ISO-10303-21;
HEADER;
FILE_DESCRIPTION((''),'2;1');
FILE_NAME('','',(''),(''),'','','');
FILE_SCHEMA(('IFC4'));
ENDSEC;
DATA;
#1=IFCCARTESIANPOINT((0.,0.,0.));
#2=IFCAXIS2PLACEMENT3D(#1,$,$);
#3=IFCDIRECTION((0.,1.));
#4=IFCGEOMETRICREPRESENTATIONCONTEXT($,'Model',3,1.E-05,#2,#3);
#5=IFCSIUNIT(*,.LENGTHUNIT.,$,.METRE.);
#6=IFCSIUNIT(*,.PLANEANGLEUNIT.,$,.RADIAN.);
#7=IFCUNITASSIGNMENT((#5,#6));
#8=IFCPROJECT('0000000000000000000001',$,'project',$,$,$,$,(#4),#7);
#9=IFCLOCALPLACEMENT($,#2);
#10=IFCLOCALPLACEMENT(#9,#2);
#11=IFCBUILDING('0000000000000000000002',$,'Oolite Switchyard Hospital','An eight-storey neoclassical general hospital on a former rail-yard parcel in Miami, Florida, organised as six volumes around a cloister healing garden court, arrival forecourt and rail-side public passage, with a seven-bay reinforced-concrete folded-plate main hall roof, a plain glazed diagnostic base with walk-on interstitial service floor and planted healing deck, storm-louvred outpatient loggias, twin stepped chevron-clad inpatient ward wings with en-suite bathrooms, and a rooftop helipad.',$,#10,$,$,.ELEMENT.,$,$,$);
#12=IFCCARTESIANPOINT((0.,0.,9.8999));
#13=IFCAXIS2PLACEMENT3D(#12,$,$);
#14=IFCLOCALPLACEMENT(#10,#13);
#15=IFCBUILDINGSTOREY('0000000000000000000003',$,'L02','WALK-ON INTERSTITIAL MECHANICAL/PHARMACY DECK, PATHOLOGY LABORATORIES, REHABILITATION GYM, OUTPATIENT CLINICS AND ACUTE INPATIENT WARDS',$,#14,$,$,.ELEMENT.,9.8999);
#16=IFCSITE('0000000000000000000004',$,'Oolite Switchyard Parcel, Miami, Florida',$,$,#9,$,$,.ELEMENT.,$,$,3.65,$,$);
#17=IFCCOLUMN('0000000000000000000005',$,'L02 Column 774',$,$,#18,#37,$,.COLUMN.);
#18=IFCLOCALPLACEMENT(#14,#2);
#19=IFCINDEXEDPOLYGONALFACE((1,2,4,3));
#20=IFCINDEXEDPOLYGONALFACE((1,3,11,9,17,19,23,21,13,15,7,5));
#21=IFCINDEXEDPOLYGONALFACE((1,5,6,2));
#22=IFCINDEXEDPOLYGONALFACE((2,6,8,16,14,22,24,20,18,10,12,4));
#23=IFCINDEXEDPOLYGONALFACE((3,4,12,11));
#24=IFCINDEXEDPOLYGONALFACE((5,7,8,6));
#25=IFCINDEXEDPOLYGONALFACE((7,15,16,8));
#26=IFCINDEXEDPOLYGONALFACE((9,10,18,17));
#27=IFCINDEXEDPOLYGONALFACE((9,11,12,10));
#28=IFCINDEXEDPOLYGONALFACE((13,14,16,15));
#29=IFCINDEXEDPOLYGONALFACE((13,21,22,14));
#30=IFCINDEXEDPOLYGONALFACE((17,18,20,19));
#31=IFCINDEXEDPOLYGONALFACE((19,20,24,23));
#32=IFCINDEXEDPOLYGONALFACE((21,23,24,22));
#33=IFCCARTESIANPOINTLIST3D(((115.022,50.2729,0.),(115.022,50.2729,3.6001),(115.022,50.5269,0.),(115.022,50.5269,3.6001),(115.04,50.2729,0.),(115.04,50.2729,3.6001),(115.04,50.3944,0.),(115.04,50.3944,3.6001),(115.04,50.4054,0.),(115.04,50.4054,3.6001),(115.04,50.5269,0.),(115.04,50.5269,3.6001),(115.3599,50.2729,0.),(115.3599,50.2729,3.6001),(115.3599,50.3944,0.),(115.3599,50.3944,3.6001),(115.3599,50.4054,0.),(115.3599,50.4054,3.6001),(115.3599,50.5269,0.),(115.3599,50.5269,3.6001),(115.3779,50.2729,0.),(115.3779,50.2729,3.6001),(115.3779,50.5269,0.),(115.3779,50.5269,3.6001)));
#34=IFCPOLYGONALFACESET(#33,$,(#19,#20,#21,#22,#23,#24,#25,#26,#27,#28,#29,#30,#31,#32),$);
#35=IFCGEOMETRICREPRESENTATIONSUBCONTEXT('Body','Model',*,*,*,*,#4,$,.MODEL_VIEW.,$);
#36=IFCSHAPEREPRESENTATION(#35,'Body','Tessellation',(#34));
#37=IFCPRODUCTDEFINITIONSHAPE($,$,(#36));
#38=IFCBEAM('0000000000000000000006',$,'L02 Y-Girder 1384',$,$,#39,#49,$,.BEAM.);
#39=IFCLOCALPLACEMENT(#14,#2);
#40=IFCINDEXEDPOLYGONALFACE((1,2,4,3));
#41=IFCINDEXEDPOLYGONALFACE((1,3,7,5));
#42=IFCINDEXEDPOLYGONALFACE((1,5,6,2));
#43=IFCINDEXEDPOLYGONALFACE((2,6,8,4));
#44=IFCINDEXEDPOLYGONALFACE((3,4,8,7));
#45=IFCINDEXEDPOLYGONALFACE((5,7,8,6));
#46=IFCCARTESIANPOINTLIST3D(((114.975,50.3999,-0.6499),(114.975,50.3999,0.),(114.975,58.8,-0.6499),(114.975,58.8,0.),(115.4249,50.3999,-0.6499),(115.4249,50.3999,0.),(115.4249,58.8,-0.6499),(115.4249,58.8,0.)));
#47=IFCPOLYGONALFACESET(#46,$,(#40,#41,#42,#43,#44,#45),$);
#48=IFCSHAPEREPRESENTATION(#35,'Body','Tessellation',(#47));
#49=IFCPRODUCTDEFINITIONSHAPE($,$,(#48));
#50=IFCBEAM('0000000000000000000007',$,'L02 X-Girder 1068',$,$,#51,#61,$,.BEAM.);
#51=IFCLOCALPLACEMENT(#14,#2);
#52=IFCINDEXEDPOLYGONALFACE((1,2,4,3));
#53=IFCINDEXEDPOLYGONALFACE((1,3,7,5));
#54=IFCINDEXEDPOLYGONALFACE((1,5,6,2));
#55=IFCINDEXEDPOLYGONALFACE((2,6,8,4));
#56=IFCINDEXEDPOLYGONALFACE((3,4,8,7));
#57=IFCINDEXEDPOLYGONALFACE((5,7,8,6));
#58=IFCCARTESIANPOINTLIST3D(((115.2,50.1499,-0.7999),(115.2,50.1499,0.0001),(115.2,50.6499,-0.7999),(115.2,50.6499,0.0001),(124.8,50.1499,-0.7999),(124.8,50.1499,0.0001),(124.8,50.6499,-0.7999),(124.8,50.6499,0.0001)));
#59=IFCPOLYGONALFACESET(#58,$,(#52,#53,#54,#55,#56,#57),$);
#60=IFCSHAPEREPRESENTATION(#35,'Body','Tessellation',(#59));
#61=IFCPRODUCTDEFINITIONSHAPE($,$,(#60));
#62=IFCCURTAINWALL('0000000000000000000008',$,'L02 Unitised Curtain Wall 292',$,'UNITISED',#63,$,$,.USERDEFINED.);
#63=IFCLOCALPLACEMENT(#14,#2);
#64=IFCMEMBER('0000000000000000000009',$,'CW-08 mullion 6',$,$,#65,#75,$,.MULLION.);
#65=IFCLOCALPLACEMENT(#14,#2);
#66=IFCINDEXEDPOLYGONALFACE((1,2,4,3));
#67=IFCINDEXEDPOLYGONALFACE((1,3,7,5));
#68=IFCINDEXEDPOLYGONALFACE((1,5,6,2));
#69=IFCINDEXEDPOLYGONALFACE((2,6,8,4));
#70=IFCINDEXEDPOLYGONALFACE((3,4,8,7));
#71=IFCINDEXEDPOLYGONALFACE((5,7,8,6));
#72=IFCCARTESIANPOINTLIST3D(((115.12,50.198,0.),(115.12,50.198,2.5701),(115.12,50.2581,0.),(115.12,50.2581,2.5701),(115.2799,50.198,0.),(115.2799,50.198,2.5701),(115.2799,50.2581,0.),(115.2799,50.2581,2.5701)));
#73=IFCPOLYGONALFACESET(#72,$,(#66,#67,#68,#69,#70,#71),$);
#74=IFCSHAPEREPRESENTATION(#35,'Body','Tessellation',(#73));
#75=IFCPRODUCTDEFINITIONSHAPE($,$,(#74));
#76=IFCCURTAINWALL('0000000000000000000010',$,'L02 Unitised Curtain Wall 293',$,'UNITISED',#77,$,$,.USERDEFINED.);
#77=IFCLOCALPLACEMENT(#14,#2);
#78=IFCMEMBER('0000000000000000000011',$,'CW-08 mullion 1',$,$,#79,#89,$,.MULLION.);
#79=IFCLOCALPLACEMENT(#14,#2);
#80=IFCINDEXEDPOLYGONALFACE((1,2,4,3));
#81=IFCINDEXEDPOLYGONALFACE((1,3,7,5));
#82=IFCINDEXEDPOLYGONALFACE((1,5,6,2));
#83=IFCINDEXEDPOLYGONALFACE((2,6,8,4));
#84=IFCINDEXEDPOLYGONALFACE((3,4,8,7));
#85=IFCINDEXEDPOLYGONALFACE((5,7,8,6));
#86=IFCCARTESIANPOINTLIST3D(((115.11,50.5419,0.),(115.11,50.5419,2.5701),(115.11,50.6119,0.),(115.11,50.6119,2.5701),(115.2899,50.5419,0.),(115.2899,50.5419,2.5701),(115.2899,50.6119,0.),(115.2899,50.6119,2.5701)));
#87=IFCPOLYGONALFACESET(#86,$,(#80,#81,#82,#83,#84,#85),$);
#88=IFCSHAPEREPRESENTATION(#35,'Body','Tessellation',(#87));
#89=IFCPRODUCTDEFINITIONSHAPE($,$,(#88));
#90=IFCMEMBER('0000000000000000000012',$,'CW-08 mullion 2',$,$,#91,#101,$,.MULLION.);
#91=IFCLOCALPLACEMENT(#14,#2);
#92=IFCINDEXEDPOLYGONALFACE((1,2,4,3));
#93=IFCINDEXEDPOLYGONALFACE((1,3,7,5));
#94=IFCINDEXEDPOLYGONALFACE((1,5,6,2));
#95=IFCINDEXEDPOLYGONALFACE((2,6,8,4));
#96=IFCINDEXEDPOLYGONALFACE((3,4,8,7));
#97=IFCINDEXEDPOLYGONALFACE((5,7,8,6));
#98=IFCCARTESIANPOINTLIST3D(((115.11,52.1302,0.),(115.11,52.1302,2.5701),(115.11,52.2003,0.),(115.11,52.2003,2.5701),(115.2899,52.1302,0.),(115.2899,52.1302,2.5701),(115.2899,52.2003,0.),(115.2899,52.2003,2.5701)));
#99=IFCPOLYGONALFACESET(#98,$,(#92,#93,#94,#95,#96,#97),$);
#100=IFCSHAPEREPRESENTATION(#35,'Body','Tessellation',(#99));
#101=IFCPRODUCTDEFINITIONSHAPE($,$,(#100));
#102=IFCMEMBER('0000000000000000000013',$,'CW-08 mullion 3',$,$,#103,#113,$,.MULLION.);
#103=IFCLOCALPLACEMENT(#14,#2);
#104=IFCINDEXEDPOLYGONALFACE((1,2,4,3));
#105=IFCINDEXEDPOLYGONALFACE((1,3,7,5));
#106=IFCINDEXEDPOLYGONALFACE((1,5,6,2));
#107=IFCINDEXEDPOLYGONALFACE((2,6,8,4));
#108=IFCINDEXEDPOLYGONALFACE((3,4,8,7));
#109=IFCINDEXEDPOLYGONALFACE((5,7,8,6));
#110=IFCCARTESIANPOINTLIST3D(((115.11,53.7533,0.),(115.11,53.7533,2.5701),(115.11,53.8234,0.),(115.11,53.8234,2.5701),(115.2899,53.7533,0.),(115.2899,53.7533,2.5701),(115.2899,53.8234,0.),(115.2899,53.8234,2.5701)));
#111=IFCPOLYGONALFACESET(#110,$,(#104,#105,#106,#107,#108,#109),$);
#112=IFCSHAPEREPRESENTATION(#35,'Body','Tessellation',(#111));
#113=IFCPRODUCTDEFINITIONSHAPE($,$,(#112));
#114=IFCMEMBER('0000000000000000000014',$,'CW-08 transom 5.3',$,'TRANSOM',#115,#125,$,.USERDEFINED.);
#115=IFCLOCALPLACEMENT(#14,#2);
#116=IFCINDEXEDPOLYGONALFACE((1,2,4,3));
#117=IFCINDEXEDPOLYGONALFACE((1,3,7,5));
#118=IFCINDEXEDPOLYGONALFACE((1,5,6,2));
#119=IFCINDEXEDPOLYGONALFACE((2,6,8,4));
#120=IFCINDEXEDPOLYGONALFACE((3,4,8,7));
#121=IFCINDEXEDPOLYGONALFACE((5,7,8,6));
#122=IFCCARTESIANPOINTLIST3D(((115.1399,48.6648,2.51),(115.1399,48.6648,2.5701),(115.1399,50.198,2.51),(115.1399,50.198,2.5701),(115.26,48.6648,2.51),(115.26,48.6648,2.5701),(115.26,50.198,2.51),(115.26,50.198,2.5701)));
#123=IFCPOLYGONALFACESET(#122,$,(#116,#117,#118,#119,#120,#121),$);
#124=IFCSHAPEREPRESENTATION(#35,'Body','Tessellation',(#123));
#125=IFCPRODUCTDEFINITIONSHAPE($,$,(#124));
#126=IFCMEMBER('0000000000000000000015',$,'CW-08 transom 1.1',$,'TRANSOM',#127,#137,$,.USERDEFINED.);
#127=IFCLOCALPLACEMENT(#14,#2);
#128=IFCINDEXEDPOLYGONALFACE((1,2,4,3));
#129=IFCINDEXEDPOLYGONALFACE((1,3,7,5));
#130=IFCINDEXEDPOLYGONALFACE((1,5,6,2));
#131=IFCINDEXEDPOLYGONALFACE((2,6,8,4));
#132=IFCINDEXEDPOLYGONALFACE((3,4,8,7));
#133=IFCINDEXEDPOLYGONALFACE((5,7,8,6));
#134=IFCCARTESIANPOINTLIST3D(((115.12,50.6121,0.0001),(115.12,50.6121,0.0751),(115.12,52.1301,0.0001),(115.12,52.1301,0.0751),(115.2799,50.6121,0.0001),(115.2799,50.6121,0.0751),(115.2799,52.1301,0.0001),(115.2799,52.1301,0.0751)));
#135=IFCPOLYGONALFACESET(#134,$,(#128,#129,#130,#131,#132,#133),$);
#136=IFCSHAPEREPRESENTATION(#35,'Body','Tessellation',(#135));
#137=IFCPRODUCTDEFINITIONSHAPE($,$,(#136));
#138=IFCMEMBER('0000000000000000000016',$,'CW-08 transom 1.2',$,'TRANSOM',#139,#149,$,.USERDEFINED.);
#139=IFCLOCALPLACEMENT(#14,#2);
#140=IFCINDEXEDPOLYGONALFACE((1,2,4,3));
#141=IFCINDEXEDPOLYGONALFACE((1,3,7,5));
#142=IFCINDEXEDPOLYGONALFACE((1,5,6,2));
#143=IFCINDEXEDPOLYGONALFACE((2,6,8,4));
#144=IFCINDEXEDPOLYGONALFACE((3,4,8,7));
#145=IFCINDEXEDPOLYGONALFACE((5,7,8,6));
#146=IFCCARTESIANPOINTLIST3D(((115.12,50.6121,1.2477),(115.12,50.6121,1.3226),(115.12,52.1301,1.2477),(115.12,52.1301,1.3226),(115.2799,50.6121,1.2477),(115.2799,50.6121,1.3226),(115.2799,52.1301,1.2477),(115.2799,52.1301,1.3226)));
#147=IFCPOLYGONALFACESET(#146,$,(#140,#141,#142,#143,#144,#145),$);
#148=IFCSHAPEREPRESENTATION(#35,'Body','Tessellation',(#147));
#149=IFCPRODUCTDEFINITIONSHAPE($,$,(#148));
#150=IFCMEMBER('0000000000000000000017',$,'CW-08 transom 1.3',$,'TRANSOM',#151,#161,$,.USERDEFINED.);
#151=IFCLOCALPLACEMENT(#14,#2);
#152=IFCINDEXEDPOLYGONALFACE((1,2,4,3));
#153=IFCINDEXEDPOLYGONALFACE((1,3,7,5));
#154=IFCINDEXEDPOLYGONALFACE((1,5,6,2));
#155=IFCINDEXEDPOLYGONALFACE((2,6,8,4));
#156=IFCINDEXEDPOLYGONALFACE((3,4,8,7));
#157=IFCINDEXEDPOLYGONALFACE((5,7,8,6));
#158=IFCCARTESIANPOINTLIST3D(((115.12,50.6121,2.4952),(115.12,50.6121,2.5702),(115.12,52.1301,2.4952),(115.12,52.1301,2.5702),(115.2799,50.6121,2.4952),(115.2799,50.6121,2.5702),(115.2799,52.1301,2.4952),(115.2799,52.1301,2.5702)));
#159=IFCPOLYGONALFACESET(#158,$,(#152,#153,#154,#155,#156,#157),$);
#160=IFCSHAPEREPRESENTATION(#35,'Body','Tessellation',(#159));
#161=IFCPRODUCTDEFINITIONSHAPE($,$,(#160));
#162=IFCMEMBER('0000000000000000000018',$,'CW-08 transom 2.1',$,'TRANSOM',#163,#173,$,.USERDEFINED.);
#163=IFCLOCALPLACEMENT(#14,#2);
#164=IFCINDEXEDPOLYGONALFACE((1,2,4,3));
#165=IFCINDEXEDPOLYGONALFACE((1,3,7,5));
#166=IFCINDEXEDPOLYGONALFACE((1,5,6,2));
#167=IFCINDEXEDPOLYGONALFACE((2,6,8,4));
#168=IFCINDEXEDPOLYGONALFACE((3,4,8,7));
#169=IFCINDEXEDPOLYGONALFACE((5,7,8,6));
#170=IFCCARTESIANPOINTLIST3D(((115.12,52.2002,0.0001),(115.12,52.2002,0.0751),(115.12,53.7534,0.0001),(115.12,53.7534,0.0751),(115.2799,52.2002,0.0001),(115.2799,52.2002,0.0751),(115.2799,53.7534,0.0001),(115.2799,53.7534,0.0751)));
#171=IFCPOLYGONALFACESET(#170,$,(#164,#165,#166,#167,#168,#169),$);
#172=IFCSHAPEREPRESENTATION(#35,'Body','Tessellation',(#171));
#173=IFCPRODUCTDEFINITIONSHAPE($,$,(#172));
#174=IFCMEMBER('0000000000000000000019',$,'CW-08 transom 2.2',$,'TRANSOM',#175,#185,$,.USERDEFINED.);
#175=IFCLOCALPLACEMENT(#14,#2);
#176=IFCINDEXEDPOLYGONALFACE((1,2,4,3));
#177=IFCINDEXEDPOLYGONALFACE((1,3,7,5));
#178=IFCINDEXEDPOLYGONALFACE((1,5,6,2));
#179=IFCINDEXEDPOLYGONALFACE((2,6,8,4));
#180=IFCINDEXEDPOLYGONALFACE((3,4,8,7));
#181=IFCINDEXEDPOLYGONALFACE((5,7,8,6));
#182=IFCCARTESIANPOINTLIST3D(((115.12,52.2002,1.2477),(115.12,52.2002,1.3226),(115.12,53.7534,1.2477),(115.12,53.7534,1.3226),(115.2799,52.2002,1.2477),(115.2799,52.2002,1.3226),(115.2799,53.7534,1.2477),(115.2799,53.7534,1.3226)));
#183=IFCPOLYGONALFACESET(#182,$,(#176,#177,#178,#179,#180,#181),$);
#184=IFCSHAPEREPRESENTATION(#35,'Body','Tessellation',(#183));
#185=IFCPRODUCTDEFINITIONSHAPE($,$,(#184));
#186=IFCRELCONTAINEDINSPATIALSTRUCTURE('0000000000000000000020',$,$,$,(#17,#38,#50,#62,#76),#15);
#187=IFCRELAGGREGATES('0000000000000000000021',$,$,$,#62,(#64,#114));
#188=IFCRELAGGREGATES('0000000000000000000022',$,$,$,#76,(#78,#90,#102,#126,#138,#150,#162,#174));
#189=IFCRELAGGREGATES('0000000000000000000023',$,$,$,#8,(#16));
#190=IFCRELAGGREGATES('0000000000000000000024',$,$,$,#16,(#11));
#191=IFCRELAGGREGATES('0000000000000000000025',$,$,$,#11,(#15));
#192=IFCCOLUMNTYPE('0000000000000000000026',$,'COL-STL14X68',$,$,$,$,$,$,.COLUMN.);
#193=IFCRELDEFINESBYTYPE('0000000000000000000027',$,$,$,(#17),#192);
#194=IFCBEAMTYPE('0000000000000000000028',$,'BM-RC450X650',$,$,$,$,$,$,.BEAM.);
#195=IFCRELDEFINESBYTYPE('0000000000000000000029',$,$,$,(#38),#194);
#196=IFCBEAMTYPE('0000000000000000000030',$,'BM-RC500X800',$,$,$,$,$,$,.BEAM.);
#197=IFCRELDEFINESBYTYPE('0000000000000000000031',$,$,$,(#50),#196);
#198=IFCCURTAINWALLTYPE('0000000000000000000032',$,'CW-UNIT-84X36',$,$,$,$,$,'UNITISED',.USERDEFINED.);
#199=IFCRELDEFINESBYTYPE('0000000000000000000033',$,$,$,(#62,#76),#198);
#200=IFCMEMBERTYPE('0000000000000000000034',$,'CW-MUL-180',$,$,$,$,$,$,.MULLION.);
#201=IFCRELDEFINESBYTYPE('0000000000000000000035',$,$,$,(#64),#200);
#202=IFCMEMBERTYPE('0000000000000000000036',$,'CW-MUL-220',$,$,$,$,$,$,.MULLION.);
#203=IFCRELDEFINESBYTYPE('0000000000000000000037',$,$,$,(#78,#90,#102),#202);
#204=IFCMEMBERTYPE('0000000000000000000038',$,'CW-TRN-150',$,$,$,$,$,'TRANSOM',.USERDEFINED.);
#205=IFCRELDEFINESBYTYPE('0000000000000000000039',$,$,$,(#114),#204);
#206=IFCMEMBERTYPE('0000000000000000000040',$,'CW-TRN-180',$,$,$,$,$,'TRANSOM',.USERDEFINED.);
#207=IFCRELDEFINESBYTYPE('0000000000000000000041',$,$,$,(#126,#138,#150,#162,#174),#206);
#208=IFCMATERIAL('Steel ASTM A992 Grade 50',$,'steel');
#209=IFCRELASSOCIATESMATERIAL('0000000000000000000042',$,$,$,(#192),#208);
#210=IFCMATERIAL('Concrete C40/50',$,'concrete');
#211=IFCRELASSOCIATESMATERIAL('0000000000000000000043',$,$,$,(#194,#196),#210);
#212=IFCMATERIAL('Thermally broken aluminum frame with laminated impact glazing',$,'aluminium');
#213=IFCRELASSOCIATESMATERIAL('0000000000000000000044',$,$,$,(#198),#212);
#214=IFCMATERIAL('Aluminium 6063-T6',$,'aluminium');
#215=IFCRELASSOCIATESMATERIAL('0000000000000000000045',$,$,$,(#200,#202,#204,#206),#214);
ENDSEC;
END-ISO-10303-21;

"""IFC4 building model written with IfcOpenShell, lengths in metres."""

from ifc_helpers import new_model, si_unit, direction, frame, origin, origin_2d, place, context, subcontext, project, spatial, rectangle, i_section, extrude, material, material_profile, profile_set, type_object, element, aggregate, save


model = new_model("IFC4")

# Units and contexts
model_context = context("Model", 3, precision=1e-05, world=origin(), true_north=direction((0.0, 1.0)))
body_context = subcontext(model_context, "Body", "Model", "MODEL_VIEW")
ifc_project = project(units=[si_unit("LENGTHUNIT", "METRE"), si_unit("PLANEANGLEUNIT", "RADIAN")], contexts=[model_context])

# Site, building, storey
site_placement = place(None, origin())
site = spatial("IfcSite", under=ifc_project, at=site_placement, Name="Oolite Switchyard Parcel, Miami, Florida", CompositionType="ELEMENT", RefElevation=3.65)
building_placement = place(site_placement, origin())
building = spatial("IfcBuilding", under=site, at=building_placement, Name="Oolite Switchyard Hospital", Description="An eight-storey neoclassical general hospital on a former rail-yard parcel in Miami, Florida, organised as six volumes around a cloister healing garden court, arrival forecourt and rail-side public passage, with a seven-bay reinforced-concrete folded-plate main hall roof, a plain glazed diagnostic base with walk-on interstitial service floor and planted healing deck, storm-louvred outpatient loggias, twin stepped chevron-clad inpatient ward wings with en-suite bathrooms, and a rooftop helipad.", CompositionType="ELEMENT")
storey_placement = place(building_placement, frame((0.0, 0.0, 9.8999)))
storey = spatial("IfcBuildingStorey", under=building, at=storey_placement, Name="L02", Description="WALK-ON INTERSTITIAL MECHANICAL/PHARMACY DECK, PATHOLOGY LABORATORIES, REHABILITATION GYM, OUTPATIENT CLINICS AND ACUTE INPATIENT WARDS", CompositionType="ELEMENT", Elevation=9.8999)

# Column
ifc_material_1 = material(Name="Steel ASTM A992 Grade 50", Category="steel")
ifc_material_profile_1 = material_profile(ifc_material_1, i_section(OverallWidth=0.2539, OverallDepth=0.356, WebThickness=0.011, FlangeThickness=0.0181, at=origin_2d()), Name="W14X68")
ifc_profile_set_1 = profile_set([ifc_material_profile_1], Name="Steel ASTM A992 Grade 50")
column_type = type_object("IfcColumnType", Name="COL-STL14X68", PredefinedType="COLUMN", material=ifc_profile_set_1)
column_placement = place(storey_placement, frame((115.2, 50.3999, 0.0), z_axis=(0.0, 0.0, 1.0), x_axis=(0.0, -1.0, 0.0)))
element("IfcColumn", 1, at=column_placement, inside=storey, type_object=column_type, Name="L02 Column 774", PredefinedType="COLUMN", context=body_context, shape_type="SweptSolid", body=[
    extrude(i_section(OverallWidth=0.2539, OverallDepth=0.356, WebThickness=0.011, FlangeThickness=0.0181, at=origin_2d()), origin(), (0.0, 0.0, 1.0), 3.6001),
])

# Beams
ifc_material_2 = material(Name="Concrete C40/50", Category="concrete")
ifc_material_profile_2 = material_profile(ifc_material_2, rectangle(XDim=0.45, YDim=0.6499, at=origin_2d()), Name="RCB450X650")
ifc_profile_set_2 = profile_set([ifc_material_profile_2], Name="Concrete C40/50")
beam_type_1 = type_object("IfcBeamType", Name="BM-RC450X650", PredefinedType="BEAM", material=ifc_profile_set_2)
beam_1_placement = place(storey_placement, frame((115.2, 50.3999, -0.325), z_axis=(0.0, 1.0, 0.0), x_axis=(-1.0, 0.0, 0.0)))
element("IfcBeam", 2, at=beam_1_placement, inside=storey, type_object=beam_type_1, Name="L02 Y-Girder 1384", PredefinedType="BEAM", context=body_context, shape_type="SweptSolid", body=[
    extrude(rectangle(XDim=0.45, YDim=0.6499, at=origin_2d()), origin(), (0.0, 0.0, 1.0), 8.4001),
])
ifc_material_profile_3 = material_profile(ifc_material_2, rectangle(XDim=0.5, YDim=0.8, at=origin_2d()), Name="RCB500X800")
ifc_profile_set_3 = profile_set([ifc_material_profile_3], Name="Concrete C40/50")
beam_type_2 = type_object("IfcBeamType", Name="BM-RC500X800", PredefinedType="BEAM", material=ifc_profile_set_3)
beam_2_placement = place(storey_placement, frame((115.2, 50.3999, -0.3999), z_axis=(1.0, 0.0, 0.0), x_axis=(0.0, 1.0, 0.0)))
element("IfcBeam", 3, at=beam_2_placement, inside=storey, type_object=beam_type_2, Name="L02 X-Girder 1068", PredefinedType="BEAM", context=body_context, shape_type="SweptSolid", body=[
    extrude(rectangle(XDim=0.5, YDim=0.8, at=origin_2d()), origin(), (0.0, 0.0, 1.0), 9.6001),
])

# Curtain wall, member
ifc_material_3 = material(Name="Thermally broken aluminum frame with laminated impact glazing", Category="aluminium")
curtain_wall_type = type_object("IfcCurtainWallType", Name="CW-UNIT-84X36", ElementType="UNITISED", PredefinedType="USERDEFINED", material=ifc_material_3)
curtain_wall_1_placement = place(storey_placement, origin())
curtain_wall_1 = element("IfcCurtainWall", 4, at=curtain_wall_1_placement, inside=storey, type_object=curtain_wall_type, Name="L02 Unitised Curtain Wall 292", ObjectType="UNITISED", PredefinedType="USERDEFINED")
ifc_material_4 = material(Name="Aluminium 6063-T6", Category="aluminium")
ifc_material_profile_4 = material_profile(ifc_material_4, rectangle(XDim=0.1599, YDim=0.0601, at=origin_2d()), Name="CWM60X160")
ifc_profile_set_4 = profile_set([ifc_material_profile_4], Name="Aluminium 6063-T6")
member_type_1 = type_object("IfcMemberType", Name="CW-MUL-180", PredefinedType="MULLION", material=ifc_profile_set_4)
member_1_placement = place(storey_placement, frame((115.2, 50.228, 0.0), z_axis=(0.0, 0.0, 1.0), x_axis=(-1.0, 0.0, 0.0)))
member_1 = element("IfcMember", 5, at=member_1_placement, type_object=member_type_1, Name="CW-08 mullion 6", PredefinedType="MULLION", context=body_context, shape_type="SweptSolid", body=[
    extrude(rectangle(XDim=0.1599, YDim=0.0601, at=origin_2d()), origin(), (0.0, 0.0, 1.0), 2.5701),
])

# Curtain wall, members
curtain_wall_2_placement = place(storey_placement, origin())
curtain_wall_2 = element("IfcCurtainWall", 6, at=curtain_wall_2_placement, inside=storey, type_object=curtain_wall_type, Name="L02 Unitised Curtain Wall 293", ObjectType="UNITISED", PredefinedType="USERDEFINED")
ifc_material_profile_5 = material_profile(ifc_material_4, rectangle(XDim=0.1799, YDim=0.0701, at=origin_2d()), Name="CWM70X180")
ifc_profile_set_5 = profile_set([ifc_material_profile_5], Name="Aluminium 6063-T6")
member_type_2 = type_object("IfcMemberType", Name="CW-MUL-220", PredefinedType="MULLION", material=ifc_profile_set_5)
member_2_placement = place(storey_placement, frame((115.2, 50.5769, 0.0), z_axis=(0.0, 0.0, 1.0), x_axis=(-1.0, 0.0, 0.0)))
member_2 = element("IfcMember", 7, at=member_2_placement, type_object=member_type_2, Name="CW-08 mullion 1", PredefinedType="MULLION", context=body_context, shape_type="SweptSolid", body=[
    extrude(rectangle(XDim=0.1799, YDim=0.0701, at=origin_2d()), origin(), (0.0, 0.0, 1.0), 2.5701),
])
member_3_placement = place(storey_placement, frame((115.2, 52.1653, 0.0), z_axis=(0.0, 0.0, 1.0), x_axis=(-1.0, 0.0, 0.0)))
member_3 = element("IfcMember", 8, at=member_3_placement, type_object=member_type_2, Name="CW-08 mullion 2", PredefinedType="MULLION", context=body_context, shape_type="SweptSolid", body=[
    extrude(rectangle(XDim=0.1799, YDim=0.0701, at=origin_2d()), origin(), (0.0, 0.0, 1.0), 2.5701),
])
member_4_placement = place(storey_placement, frame((115.2, 53.7883, 0.0), z_axis=(0.0, 0.0, 1.0), x_axis=(-1.0, 0.0, 0.0)))
member_4 = element("IfcMember", 9, at=member_4_placement, type_object=member_type_2, Name="CW-08 mullion 3", PredefinedType="MULLION", context=body_context, shape_type="SweptSolid", body=[
    extrude(rectangle(XDim=0.1799, YDim=0.0701, at=origin_2d()), origin(), (0.0, 0.0, 1.0), 2.5701),
])

# Members
ifc_material_profile_6 = material_profile(ifc_material_4, rectangle(XDim=0.1201, YDim=0.0601, at=origin_2d()), Name="CWT60X120")
ifc_profile_set_6 = profile_set([ifc_material_profile_6], Name="Aluminium 6063-T6")
member_type_3 = type_object("IfcMemberType", Name="CW-TRN-150", ElementType="TRANSOM", PredefinedType="USERDEFINED", material=ifc_profile_set_6)
member_5_placement = place(storey_placement, frame((115.2, 48.6648, 2.54), z_axis=(0.0, 1.0, 0.0), x_axis=(-1.0, 0.0, 0.0)))
member_5 = element("IfcMember", 10, at=member_5_placement, type_object=member_type_3, Name="CW-08 transom 5.3", ObjectType="TRANSOM", PredefinedType="USERDEFINED", context=body_context, shape_type="SweptSolid", body=[
    extrude(rectangle(XDim=0.1201, YDim=0.0601, at=origin_2d()), origin(), (0.0, 0.0, 1.0), 1.5332),
])
ifc_material_profile_7 = material_profile(ifc_material_4, rectangle(XDim=0.1599, YDim=0.075, at=origin_2d()), Name="CWT75X160")
ifc_profile_set_7 = profile_set([ifc_material_profile_7], Name="Aluminium 6063-T6")
member_type_4 = type_object("IfcMemberType", Name="CW-TRN-180", ElementType="TRANSOM", PredefinedType="USERDEFINED", material=ifc_profile_set_7)
member_6_placement = place(storey_placement, frame((115.2, 50.6121, 0.0376), z_axis=(0.0, 1.0, 0.0), x_axis=(-1.0, 0.0, 0.0)))
member_6 = element("IfcMember", 11, at=member_6_placement, type_object=member_type_4, Name="CW-08 transom 1.1", ObjectType="TRANSOM", PredefinedType="USERDEFINED", context=body_context, shape_type="SweptSolid", body=[
    extrude(rectangle(XDim=0.1599, YDim=0.075, at=origin_2d()), origin(), (0.0, 0.0, 1.0), 1.5181),
])
member_7_placement = place(storey_placement, frame((115.2, 50.6121, 1.2852), z_axis=(0.0, 1.0, 0.0), x_axis=(-1.0, 0.0, 0.0)))
member_7 = element("IfcMember", 12, at=member_7_placement, type_object=member_type_4, Name="CW-08 transom 1.2", ObjectType="TRANSOM", PredefinedType="USERDEFINED", context=body_context, shape_type="SweptSolid", body=[
    extrude(rectangle(XDim=0.1599, YDim=0.075, at=origin_2d()), origin(), (0.0, 0.0, 1.0), 1.5181),
])
member_8_placement = place(storey_placement, frame((115.2, 50.6121, 2.5327), z_axis=(0.0, 1.0, 0.0), x_axis=(-1.0, 0.0, 0.0)))
member_8 = element("IfcMember", 13, at=member_8_placement, type_object=member_type_4, Name="CW-08 transom 1.3", ObjectType="TRANSOM", PredefinedType="USERDEFINED", context=body_context, shape_type="SweptSolid", body=[
    extrude(rectangle(XDim=0.1599, YDim=0.075, at=origin_2d()), origin(), (0.0, 0.0, 1.0), 1.5181),
])
member_9_placement = place(storey_placement, frame((115.2, 52.2002, 0.0376), z_axis=(0.0, 1.0, 0.0), x_axis=(-1.0, 0.0, 0.0)))
member_9 = element("IfcMember", 14, at=member_9_placement, type_object=member_type_4, Name="CW-08 transom 2.1", ObjectType="TRANSOM", PredefinedType="USERDEFINED", context=body_context, shape_type="SweptSolid", body=[
    extrude(rectangle(XDim=0.1599, YDim=0.075, at=origin_2d()), origin(), (0.0, 0.0, 1.0), 1.5532),
])
member_10_placement = place(storey_placement, frame((115.2, 52.2002, 1.2852), z_axis=(0.0, 1.0, 0.0), x_axis=(-1.0, 0.0, 0.0)))
member_10 = element("IfcMember", 15, at=member_10_placement, type_object=member_type_4, Name="CW-08 transom 2.2", ObjectType="TRANSOM", PredefinedType="USERDEFINED", context=body_context, shape_type="SweptSolid", body=[
    extrude(rectangle(XDim=0.1599, YDim=0.075, at=origin_2d()), origin(), (0.0, 0.0, 1.0), 1.5532),
])

aggregate(curtain_wall_1, [member_1, member_5])
aggregate(curtain_wall_2, [member_2, member_3, member_4, member_6, member_7, member_8, member_9, member_10])

save(model, "model.ifc")
